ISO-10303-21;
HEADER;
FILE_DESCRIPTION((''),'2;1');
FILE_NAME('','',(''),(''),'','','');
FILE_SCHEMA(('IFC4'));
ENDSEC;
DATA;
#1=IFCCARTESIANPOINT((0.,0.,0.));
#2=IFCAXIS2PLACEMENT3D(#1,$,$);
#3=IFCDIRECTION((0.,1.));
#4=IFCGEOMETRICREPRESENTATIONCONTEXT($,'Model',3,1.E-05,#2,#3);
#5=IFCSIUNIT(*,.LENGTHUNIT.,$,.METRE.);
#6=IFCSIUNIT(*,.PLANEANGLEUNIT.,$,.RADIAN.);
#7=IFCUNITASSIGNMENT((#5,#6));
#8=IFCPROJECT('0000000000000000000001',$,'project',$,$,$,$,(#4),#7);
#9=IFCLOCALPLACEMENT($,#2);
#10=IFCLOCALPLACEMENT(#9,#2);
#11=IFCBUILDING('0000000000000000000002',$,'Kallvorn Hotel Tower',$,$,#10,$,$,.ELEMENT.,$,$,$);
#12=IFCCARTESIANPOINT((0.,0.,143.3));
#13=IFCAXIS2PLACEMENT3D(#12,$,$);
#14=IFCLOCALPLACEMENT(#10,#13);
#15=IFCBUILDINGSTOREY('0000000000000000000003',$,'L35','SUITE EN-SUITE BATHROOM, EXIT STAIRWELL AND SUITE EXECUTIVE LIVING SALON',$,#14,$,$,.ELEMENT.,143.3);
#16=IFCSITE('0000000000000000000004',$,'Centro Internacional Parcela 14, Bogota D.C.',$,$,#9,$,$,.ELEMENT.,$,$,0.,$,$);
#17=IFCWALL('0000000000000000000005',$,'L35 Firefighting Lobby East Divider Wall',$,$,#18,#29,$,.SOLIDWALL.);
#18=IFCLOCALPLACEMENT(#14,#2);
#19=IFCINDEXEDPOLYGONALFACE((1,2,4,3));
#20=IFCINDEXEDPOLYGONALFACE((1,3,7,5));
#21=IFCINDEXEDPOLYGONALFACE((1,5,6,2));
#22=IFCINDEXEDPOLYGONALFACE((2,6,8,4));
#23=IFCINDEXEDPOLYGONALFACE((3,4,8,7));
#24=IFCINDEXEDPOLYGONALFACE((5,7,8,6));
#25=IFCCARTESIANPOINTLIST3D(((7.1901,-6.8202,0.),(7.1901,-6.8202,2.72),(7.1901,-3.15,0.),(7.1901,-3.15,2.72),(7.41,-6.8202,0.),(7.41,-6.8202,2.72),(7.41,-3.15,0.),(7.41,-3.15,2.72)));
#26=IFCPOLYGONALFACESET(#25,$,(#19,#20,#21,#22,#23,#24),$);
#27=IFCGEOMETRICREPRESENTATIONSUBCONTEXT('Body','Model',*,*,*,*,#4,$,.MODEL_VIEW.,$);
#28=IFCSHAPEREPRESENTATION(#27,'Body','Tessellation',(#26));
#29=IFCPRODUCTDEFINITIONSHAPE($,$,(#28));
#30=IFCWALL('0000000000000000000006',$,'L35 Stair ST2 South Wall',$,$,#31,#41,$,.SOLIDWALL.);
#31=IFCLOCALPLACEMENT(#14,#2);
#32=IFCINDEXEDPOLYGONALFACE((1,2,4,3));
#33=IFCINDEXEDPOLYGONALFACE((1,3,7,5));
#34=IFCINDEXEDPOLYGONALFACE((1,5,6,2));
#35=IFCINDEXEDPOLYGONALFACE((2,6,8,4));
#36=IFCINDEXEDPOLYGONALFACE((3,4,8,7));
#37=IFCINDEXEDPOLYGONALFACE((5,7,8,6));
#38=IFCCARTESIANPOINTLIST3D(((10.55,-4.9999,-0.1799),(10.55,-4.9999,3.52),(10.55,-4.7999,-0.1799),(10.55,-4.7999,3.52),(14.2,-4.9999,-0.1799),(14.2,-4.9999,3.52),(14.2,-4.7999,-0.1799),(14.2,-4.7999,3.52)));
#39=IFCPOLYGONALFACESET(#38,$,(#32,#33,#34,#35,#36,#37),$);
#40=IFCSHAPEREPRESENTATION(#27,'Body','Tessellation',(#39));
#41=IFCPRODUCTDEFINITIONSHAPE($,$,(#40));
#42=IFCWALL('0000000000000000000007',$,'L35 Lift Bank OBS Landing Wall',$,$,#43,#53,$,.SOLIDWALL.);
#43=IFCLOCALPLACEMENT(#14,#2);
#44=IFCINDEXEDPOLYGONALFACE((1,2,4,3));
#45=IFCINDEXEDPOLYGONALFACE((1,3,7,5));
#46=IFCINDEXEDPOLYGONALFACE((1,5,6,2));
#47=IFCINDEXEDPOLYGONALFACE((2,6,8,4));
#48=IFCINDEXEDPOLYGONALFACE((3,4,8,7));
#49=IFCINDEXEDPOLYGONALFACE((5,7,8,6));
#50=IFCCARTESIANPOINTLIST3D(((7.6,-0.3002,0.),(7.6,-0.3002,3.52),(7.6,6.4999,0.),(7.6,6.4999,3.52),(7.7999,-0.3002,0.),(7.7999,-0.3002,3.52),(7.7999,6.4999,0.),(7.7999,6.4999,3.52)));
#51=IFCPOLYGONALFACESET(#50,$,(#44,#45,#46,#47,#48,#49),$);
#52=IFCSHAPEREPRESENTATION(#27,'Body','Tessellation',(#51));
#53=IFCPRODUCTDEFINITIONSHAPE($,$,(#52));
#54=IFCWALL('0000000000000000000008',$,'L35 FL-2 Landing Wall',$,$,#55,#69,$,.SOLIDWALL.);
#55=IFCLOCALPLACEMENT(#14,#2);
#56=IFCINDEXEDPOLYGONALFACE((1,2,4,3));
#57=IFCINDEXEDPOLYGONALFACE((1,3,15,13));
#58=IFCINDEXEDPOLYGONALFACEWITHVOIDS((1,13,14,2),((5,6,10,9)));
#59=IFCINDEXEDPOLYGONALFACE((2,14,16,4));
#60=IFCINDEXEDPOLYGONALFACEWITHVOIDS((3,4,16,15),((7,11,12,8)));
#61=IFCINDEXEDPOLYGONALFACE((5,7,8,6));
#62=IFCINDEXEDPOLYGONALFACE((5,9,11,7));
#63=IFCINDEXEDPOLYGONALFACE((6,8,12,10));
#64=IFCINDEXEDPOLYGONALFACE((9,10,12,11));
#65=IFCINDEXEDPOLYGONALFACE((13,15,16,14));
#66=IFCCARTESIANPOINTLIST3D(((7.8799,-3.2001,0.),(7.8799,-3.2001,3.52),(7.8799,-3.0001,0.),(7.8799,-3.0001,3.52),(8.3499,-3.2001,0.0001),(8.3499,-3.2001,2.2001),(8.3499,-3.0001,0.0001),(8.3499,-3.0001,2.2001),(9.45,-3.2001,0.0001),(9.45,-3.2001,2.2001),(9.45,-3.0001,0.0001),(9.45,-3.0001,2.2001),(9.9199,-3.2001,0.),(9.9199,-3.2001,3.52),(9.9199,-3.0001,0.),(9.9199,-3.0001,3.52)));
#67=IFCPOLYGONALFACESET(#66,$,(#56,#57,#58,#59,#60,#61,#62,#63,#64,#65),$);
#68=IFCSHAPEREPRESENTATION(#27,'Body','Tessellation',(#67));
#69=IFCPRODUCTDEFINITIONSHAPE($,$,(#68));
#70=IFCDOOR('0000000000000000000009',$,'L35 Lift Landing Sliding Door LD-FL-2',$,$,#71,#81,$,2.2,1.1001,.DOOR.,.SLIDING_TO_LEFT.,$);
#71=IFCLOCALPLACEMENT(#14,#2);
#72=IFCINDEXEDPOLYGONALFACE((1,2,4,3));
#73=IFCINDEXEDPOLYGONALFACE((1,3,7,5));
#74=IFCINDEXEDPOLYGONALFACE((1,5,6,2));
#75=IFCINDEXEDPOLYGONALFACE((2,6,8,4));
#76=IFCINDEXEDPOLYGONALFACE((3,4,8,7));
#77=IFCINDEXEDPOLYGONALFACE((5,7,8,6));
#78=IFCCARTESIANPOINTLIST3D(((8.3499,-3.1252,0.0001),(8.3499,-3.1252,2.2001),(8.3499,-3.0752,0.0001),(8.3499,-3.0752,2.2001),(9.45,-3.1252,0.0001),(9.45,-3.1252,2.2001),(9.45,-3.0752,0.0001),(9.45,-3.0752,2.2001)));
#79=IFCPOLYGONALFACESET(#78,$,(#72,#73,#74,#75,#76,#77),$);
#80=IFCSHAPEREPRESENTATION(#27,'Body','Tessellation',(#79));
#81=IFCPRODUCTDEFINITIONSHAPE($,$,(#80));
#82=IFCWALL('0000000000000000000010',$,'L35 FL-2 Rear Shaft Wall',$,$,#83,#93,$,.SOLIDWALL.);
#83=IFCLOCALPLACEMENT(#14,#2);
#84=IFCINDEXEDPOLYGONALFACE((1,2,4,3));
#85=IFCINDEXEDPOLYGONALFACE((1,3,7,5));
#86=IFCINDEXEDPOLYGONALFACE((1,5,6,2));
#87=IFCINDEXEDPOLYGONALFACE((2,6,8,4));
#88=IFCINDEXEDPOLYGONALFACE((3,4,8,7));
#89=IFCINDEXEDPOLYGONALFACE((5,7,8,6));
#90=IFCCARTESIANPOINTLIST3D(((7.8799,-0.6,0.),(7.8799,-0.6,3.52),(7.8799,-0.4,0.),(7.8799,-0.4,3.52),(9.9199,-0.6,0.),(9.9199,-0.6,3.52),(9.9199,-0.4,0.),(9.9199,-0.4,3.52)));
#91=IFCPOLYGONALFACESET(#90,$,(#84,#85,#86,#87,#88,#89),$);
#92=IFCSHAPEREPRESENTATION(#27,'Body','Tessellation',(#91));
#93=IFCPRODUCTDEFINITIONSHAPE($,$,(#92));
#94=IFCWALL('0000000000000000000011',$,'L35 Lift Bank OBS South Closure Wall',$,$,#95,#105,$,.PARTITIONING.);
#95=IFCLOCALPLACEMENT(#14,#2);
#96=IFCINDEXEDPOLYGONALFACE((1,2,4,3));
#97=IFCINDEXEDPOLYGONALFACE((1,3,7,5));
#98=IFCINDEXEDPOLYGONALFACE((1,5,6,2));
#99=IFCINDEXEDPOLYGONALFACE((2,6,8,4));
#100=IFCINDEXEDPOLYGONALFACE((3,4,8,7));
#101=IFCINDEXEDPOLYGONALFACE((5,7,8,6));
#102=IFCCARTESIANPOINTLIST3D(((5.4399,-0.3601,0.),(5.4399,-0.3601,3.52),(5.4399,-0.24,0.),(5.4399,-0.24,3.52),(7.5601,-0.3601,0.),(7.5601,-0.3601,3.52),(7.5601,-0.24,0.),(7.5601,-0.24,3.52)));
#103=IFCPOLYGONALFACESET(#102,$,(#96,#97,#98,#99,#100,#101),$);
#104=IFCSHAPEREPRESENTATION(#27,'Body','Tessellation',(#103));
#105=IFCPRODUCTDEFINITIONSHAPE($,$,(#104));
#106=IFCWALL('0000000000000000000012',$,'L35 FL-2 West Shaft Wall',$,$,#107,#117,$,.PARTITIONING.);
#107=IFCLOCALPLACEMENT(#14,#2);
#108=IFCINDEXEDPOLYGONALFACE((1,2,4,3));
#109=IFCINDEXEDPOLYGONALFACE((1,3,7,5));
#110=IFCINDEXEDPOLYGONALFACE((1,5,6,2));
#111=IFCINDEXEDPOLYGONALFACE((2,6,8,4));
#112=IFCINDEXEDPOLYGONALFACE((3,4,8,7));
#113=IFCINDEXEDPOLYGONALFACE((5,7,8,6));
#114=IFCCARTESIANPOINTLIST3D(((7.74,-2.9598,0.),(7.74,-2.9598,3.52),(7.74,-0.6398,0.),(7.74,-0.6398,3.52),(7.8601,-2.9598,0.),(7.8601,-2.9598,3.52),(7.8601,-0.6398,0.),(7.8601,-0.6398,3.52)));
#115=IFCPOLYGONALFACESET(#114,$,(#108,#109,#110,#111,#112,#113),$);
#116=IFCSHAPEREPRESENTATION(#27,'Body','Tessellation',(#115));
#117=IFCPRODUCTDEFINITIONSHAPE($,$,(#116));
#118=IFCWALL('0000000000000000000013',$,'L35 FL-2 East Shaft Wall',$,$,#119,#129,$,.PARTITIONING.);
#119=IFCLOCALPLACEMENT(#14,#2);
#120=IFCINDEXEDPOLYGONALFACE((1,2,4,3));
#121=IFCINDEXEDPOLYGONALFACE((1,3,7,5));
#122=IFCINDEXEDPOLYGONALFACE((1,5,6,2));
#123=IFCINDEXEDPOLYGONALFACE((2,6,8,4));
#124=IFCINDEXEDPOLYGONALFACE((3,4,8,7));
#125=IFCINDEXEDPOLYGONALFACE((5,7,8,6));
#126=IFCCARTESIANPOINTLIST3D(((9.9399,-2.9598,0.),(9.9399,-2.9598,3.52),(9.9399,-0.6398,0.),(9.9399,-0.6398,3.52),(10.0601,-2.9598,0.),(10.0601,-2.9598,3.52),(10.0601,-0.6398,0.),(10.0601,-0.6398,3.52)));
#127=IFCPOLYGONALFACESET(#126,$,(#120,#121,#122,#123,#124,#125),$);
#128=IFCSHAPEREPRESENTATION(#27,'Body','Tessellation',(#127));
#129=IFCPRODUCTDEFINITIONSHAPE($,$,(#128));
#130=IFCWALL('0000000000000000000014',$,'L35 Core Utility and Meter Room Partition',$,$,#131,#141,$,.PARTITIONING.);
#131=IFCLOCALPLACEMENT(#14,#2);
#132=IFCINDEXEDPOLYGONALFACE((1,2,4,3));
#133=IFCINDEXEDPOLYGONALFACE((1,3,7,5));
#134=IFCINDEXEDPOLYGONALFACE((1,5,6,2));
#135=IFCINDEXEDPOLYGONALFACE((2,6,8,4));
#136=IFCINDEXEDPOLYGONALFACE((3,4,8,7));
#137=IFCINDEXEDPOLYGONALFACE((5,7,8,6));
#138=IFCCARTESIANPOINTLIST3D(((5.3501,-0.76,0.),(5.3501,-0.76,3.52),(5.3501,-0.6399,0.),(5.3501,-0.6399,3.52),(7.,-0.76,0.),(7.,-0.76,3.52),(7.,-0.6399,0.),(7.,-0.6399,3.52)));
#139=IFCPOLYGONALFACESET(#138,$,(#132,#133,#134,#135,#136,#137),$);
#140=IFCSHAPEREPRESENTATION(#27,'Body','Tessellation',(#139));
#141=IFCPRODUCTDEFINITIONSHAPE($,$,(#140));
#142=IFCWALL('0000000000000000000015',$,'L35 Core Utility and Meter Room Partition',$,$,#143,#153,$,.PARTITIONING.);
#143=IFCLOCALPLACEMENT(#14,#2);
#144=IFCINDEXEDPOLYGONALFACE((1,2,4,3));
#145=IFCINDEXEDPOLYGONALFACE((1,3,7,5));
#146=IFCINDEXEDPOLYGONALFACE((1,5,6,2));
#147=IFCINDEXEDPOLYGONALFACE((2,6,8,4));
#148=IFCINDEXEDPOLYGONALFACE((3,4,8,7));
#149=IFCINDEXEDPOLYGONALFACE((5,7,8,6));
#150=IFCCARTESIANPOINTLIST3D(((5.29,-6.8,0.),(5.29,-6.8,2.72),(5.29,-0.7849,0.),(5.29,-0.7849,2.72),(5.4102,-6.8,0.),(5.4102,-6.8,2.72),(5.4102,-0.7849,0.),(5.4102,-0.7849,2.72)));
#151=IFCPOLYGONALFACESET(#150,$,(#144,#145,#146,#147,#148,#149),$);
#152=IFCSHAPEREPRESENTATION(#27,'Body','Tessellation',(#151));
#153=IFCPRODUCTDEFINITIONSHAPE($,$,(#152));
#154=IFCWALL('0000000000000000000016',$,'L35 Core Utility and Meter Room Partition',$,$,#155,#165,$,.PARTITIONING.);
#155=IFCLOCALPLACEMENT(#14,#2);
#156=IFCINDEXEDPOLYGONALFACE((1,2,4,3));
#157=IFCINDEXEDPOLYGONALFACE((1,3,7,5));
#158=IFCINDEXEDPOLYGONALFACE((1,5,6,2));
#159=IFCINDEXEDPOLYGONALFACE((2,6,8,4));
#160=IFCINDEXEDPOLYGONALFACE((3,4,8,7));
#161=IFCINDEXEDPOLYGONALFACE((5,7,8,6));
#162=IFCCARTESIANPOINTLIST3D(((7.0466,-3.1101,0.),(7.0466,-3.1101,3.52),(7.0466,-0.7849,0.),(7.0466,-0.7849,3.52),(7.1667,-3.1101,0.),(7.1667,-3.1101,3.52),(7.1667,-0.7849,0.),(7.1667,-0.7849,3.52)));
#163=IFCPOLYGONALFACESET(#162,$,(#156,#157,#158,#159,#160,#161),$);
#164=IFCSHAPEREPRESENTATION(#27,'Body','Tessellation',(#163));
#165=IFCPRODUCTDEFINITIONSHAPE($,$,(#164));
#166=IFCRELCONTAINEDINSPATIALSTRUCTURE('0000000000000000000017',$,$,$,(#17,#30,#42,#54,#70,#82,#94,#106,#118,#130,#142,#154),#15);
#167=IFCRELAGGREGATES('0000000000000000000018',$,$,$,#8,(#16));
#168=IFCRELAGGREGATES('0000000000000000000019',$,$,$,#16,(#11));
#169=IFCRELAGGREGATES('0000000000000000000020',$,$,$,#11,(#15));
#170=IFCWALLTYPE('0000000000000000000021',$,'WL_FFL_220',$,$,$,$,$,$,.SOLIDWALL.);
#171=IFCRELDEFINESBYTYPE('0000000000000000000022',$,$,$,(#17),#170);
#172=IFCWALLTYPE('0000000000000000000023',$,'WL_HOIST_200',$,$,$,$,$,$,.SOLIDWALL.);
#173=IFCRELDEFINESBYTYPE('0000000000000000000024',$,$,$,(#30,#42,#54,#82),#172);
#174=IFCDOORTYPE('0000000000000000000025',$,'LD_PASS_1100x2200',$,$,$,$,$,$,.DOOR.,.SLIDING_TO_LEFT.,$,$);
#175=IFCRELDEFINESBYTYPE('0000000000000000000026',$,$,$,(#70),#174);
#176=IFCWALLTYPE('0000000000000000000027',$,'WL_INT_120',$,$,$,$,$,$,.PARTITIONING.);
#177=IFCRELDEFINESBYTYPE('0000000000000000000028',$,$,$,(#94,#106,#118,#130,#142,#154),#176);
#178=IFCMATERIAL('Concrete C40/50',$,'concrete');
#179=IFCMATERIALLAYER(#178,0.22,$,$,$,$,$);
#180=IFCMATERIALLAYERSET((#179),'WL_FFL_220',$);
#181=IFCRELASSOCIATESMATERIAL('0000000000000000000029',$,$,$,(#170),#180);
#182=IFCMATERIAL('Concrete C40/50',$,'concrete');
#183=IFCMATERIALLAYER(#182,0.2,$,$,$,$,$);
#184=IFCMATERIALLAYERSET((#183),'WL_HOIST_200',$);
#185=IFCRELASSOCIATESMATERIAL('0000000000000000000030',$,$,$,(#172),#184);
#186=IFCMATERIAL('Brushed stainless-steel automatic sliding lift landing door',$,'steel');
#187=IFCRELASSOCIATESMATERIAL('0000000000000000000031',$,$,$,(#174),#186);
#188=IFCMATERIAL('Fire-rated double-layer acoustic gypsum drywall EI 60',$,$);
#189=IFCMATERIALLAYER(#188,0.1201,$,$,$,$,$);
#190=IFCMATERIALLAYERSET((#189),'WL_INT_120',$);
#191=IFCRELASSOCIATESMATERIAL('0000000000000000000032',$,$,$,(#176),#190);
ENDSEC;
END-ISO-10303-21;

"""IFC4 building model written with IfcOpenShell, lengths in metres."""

from ifc_helpers import new_model, si_unit, direction, frame, frame_2d, origin, place, context, subcontext, project, spatial, rectangle, extrude, material, layer, layer_set, type_object, element, fill, save


model = new_model("IFC4")

# Units and contexts
model_context = context("Model", 3, precision=1e-05, world=origin(), true_north=direction((0.0, 1.0)))
body_context = subcontext(model_context, "Body", "Model", "MODEL_VIEW")
ifc_project = project(units=[si_unit("LENGTHUNIT", "METRE"), si_unit("PLANEANGLEUNIT", "RADIAN")], contexts=[model_context])

# Site, building, storey
site_placement = place(None, origin())
site = spatial("IfcSite", under=ifc_project, at=site_placement, Name="Centro Internacional Parcela 14, Bogota D.C.", CompositionType="ELEMENT", RefElevation=0.0)
building_placement = place(site_placement, origin())
building = spatial("IfcBuilding", under=site, at=building_placement, Name="Kallvorn Hotel Tower", CompositionType="ELEMENT")
storey_placement = place(building_placement, frame((0.0, 0.0, 143.3)))
storey = spatial("IfcBuildingStorey", under=building, at=storey_placement, Name="L35", Description="SUITE EN-SUITE BATHROOM, EXIT STAIRWELL AND SUITE EXECUTIVE LIVING SALON", CompositionType="ELEMENT", Elevation=143.3)

# Walls
ifc_material_1 = material(Name="Concrete C40/50", Category="concrete")
ifc_layer_1 = layer(ifc_material_1, 0.22)
ifc_layer_set_1 = layer_set([ifc_layer_1], Name="WL_FFL_220")
wall_type_1 = type_object("IfcWallType", Name="WL_FFL_220", PredefinedType="SOLIDWALL", material=ifc_layer_set_1)
wall_1_placement = place(storey_placement, frame((7.3, -6.8201, 0.0), z_axis=(0.0, 0.0, 1.0), x_axis=(0.0, 1.0, 0.0)))
element("IfcWall", 1, at=wall_1_placement, inside=storey, type_object=wall_type_1, Name="L35 Firefighting Lobby East Divider Wall", PredefinedType="SOLIDWALL", context=body_context, shape_type="SweptSolid", body=[
    extrude(rectangle(XDim=3.6702, YDim=0.22, at=frame_2d((1.835, 0.0))), origin(), (0.0, 0.0, 1.0), 2.72),
])
ifc_material_2 = material(Name="Concrete C40/50", Category="concrete")
ifc_layer_2 = layer(ifc_material_2, 0.2)
ifc_layer_set_2 = layer_set([ifc_layer_2], Name="WL_HOIST_200")
wall_type_2 = type_object("IfcWallType", Name="WL_HOIST_200", PredefinedType="SOLIDWALL", material=ifc_layer_set_2)
wall_2_placement = place(storey_placement, frame((10.55, -4.8999, -0.1799), z_axis=(0.0, 0.0, 1.0), x_axis=(1.0, 0.0, 0.0)))
element("IfcWall", 2, at=wall_2_placement, inside=storey, type_object=wall_type_2, Name="L35 Stair ST2 South Wall", PredefinedType="SOLIDWALL", context=body_context, shape_type="SweptSolid", body=[
    extrude(rectangle(XDim=3.6499, YDim=0.2, at=frame_2d((1.825, 0.0))), origin(), (0.0, 0.0, 1.0), 3.7),
])
wall_3_placement = place(storey_placement, frame((7.7, -0.3, 0.0), z_axis=(0.0, 0.0, 1.0), x_axis=(0.0, 1.0, 0.0)))
element("IfcWall", 3, at=wall_3_placement, inside=storey, type_object=wall_type_2, Name="L35 Lift Bank OBS Landing Wall", PredefinedType="SOLIDWALL", context=body_context, shape_type="SweptSolid", body=[
    extrude(rectangle(XDim=6.8, YDim=0.2, at=frame_2d((3.3999, 0.0))), origin(), (0.0, 0.0, 1.0), 3.52),
])

# Wall, opening, door
wall_4_placement = place(storey_placement, frame((7.8799, -3.1001, 0.0), z_axis=(0.0, 0.0, 1.0), x_axis=(1.0, 0.0, 0.0)))
wall_4 = element("IfcWall", 4, at=wall_4_placement, inside=storey, type_object=wall_type_2, Name="L35 FL-2 Landing Wall", PredefinedType="SOLIDWALL", context=body_context, shape_type="SweptSolid", body=[
    extrude(rectangle(XDim=2.04, YDim=0.2, at=frame_2d((1.02, 0.0))), origin(), (0.0, 0.0, 1.0), 3.52),
])
opening_1_placement = place(wall_4_placement, frame((0.47, 0.0, 0.0)))
opening_1 = element("IfcOpeningElement", 5, at=opening_1_placement, cuts=wall_4, PredefinedType="OPENING", context=body_context, shape_type="SweptSolid", body=[
    extrude(rectangle(XDim=1.1001, YDim=2.2, at=frame_2d((0.55, 1.1001))), frame((0.0, 0.115, 0.0), z_axis=(0.0, -1.0, 0.0), x_axis=(1.0, 0.0, 0.0)), (0.0, 0.0, 1.0), 0.23),
])
ifc_material_3 = material(Name="Brushed stainless-steel automatic sliding lift landing door", Category="steel")
door_type_1 = type_object("IfcDoorType", Name="LD_PASS_1100x2200", OperationType="SLIDING_TO_LEFT", PredefinedType="DOOR", material=ifc_material_3)
door_1_placement = place(opening_1_placement, origin())
door_1 = element("IfcDoor", 6, at=door_1_placement, inside=storey, type_object=door_type_1, Name="L35 Lift Landing Sliding Door LD-FL-2", OperationType="SLIDING_TO_LEFT", OverallHeight=2.2, OverallWidth=1.1001, PredefinedType="DOOR", context=body_context, shape_type="SweptSolid", body=[
    extrude(rectangle(XDim=1.1001, YDim=2.2, at=frame_2d((0.55, 1.1001))), frame((0.0, 0.0249, 0.0), z_axis=(0.0, -1.0, 0.0), x_axis=(1.0, 0.0, 0.0)), (0.0, 0.0, 1.0), 0.05),
])
fill(opening_1, door_1)

# Walls
wall_5_placement = place(storey_placement, frame((7.8799, -0.5, 0.0), z_axis=(0.0, 0.0, 1.0), x_axis=(1.0, 0.0, 0.0)))
element("IfcWall", 7, at=wall_5_placement, inside=storey, type_object=wall_type_2, Name="L35 FL-2 Rear Shaft Wall", PredefinedType="SOLIDWALL", context=body_context, shape_type="SweptSolid", body=[
    extrude(rectangle(XDim=2.04, YDim=0.2, at=frame_2d((1.02, 0.0))), origin(), (0.0, 0.0, 1.0), 3.52),
])
ifc_material_4 = material(Name="Fire-rated double-layer acoustic gypsum drywall EI 60")
ifc_layer_3 = layer(ifc_material_4, 0.1201)
ifc_layer_set_3 = layer_set([ifc_layer_3], Name="WL_INT_120")
wall_type_3 = type_object("IfcWallType", Name="WL_INT_120", PredefinedType="PARTITIONING", material=ifc_layer_set_3)
wall_6_placement = place(storey_placement, frame((5.4399, -0.3, 0.0), z_axis=(0.0, 0.0, 1.0), x_axis=(1.0, 0.0, 0.0)))
element("IfcWall", 8, at=wall_6_placement, inside=storey, type_object=wall_type_3, Name="L35 Lift Bank OBS South Closure Wall", PredefinedType="PARTITIONING", context=body_context, shape_type="SweptSolid", body=[
    extrude(rectangle(XDim=2.1201, YDim=0.1201, at=frame_2d((1.0601, 0.0))), origin(), (0.0, 0.0, 1.0), 3.52),
])
for number, where, z_axis, x_axis, name in (
    (9, (7.8, -2.96, 0.0), (0.0, 0.0, 1.0), (0.0, 1.0, 0.0), "L35 FL-2 West Shaft Wall"),
    (10, (10.0, -2.96, 0.0), (0.0, 0.0, 1.0), (0.0, 1.0, 0.0), "L35 FL-2 East Shaft Wall"),
):
    element("IfcWall", number, at=place(storey_placement, frame(where, z_axis=z_axis, x_axis=x_axis)), inside=storey, type_object=wall_type_3, Name=name, PredefinedType="PARTITIONING", context=body_context, shape_type="SweptSolid", body=[
        extrude(rectangle(XDim=2.3201, YDim=0.1201, at=frame_2d((1.1602, 0.0))), origin(), (0.0, 0.0, 1.0), 3.52),
    ])
wall_7_placement = place(storey_placement, frame((5.3501, -0.7, 0.0), z_axis=(0.0, 0.0, 1.0), x_axis=(1.0, 0.0, 0.0)))
element("IfcWall", 11, at=wall_7_placement, inside=storey, type_object=wall_type_3, Name="L35 Core Utility and Meter Room Partition", PredefinedType="PARTITIONING", context=body_context, shape_type="SweptSolid", body=[
    extrude(rectangle(XDim=1.6499, YDim=0.1201, at=frame_2d((0.825, 0.0))), origin(), (0.0, 0.0, 1.0), 3.52),
])
wall_8_placement = place(storey_placement, frame((5.3501, -6.8, 0.0), z_axis=(0.0, 0.0, 1.0), x_axis=(0.0, 1.0, 0.0)))
element("IfcWall", 12, at=wall_8_placement, inside=storey, type_object=wall_type_3, Name="L35 Core Utility and Meter Room Partition", PredefinedType="PARTITIONING", context=body_context, shape_type="SweptSolid", body=[
    extrude(rectangle(XDim=6.0151, YDim=0.1201, at=frame_2d((3.0076, 0.0))), origin(), (0.0, 0.0, 1.0), 2.72),
])
wall_9_placement = place(storey_placement, frame((7.1067, -3.1101, 0.0), z_axis=(0.0, 0.0, 1.0), x_axis=(0.0, 1.0, 0.0)))
element("IfcWall", 13, at=wall_9_placement, inside=storey, type_object=wall_type_3, Name="L35 Core Utility and Meter Room Partition", PredefinedType="PARTITIONING", context=body_context, shape_type="SweptSolid", body=[
    extrude(rectangle(XDim=2.3252, YDim=0.1201, at=frame_2d((1.1626, 0.0))), origin(), (0.0, 0.0, 1.0), 3.52),
])

save(model, "model.ifc")
